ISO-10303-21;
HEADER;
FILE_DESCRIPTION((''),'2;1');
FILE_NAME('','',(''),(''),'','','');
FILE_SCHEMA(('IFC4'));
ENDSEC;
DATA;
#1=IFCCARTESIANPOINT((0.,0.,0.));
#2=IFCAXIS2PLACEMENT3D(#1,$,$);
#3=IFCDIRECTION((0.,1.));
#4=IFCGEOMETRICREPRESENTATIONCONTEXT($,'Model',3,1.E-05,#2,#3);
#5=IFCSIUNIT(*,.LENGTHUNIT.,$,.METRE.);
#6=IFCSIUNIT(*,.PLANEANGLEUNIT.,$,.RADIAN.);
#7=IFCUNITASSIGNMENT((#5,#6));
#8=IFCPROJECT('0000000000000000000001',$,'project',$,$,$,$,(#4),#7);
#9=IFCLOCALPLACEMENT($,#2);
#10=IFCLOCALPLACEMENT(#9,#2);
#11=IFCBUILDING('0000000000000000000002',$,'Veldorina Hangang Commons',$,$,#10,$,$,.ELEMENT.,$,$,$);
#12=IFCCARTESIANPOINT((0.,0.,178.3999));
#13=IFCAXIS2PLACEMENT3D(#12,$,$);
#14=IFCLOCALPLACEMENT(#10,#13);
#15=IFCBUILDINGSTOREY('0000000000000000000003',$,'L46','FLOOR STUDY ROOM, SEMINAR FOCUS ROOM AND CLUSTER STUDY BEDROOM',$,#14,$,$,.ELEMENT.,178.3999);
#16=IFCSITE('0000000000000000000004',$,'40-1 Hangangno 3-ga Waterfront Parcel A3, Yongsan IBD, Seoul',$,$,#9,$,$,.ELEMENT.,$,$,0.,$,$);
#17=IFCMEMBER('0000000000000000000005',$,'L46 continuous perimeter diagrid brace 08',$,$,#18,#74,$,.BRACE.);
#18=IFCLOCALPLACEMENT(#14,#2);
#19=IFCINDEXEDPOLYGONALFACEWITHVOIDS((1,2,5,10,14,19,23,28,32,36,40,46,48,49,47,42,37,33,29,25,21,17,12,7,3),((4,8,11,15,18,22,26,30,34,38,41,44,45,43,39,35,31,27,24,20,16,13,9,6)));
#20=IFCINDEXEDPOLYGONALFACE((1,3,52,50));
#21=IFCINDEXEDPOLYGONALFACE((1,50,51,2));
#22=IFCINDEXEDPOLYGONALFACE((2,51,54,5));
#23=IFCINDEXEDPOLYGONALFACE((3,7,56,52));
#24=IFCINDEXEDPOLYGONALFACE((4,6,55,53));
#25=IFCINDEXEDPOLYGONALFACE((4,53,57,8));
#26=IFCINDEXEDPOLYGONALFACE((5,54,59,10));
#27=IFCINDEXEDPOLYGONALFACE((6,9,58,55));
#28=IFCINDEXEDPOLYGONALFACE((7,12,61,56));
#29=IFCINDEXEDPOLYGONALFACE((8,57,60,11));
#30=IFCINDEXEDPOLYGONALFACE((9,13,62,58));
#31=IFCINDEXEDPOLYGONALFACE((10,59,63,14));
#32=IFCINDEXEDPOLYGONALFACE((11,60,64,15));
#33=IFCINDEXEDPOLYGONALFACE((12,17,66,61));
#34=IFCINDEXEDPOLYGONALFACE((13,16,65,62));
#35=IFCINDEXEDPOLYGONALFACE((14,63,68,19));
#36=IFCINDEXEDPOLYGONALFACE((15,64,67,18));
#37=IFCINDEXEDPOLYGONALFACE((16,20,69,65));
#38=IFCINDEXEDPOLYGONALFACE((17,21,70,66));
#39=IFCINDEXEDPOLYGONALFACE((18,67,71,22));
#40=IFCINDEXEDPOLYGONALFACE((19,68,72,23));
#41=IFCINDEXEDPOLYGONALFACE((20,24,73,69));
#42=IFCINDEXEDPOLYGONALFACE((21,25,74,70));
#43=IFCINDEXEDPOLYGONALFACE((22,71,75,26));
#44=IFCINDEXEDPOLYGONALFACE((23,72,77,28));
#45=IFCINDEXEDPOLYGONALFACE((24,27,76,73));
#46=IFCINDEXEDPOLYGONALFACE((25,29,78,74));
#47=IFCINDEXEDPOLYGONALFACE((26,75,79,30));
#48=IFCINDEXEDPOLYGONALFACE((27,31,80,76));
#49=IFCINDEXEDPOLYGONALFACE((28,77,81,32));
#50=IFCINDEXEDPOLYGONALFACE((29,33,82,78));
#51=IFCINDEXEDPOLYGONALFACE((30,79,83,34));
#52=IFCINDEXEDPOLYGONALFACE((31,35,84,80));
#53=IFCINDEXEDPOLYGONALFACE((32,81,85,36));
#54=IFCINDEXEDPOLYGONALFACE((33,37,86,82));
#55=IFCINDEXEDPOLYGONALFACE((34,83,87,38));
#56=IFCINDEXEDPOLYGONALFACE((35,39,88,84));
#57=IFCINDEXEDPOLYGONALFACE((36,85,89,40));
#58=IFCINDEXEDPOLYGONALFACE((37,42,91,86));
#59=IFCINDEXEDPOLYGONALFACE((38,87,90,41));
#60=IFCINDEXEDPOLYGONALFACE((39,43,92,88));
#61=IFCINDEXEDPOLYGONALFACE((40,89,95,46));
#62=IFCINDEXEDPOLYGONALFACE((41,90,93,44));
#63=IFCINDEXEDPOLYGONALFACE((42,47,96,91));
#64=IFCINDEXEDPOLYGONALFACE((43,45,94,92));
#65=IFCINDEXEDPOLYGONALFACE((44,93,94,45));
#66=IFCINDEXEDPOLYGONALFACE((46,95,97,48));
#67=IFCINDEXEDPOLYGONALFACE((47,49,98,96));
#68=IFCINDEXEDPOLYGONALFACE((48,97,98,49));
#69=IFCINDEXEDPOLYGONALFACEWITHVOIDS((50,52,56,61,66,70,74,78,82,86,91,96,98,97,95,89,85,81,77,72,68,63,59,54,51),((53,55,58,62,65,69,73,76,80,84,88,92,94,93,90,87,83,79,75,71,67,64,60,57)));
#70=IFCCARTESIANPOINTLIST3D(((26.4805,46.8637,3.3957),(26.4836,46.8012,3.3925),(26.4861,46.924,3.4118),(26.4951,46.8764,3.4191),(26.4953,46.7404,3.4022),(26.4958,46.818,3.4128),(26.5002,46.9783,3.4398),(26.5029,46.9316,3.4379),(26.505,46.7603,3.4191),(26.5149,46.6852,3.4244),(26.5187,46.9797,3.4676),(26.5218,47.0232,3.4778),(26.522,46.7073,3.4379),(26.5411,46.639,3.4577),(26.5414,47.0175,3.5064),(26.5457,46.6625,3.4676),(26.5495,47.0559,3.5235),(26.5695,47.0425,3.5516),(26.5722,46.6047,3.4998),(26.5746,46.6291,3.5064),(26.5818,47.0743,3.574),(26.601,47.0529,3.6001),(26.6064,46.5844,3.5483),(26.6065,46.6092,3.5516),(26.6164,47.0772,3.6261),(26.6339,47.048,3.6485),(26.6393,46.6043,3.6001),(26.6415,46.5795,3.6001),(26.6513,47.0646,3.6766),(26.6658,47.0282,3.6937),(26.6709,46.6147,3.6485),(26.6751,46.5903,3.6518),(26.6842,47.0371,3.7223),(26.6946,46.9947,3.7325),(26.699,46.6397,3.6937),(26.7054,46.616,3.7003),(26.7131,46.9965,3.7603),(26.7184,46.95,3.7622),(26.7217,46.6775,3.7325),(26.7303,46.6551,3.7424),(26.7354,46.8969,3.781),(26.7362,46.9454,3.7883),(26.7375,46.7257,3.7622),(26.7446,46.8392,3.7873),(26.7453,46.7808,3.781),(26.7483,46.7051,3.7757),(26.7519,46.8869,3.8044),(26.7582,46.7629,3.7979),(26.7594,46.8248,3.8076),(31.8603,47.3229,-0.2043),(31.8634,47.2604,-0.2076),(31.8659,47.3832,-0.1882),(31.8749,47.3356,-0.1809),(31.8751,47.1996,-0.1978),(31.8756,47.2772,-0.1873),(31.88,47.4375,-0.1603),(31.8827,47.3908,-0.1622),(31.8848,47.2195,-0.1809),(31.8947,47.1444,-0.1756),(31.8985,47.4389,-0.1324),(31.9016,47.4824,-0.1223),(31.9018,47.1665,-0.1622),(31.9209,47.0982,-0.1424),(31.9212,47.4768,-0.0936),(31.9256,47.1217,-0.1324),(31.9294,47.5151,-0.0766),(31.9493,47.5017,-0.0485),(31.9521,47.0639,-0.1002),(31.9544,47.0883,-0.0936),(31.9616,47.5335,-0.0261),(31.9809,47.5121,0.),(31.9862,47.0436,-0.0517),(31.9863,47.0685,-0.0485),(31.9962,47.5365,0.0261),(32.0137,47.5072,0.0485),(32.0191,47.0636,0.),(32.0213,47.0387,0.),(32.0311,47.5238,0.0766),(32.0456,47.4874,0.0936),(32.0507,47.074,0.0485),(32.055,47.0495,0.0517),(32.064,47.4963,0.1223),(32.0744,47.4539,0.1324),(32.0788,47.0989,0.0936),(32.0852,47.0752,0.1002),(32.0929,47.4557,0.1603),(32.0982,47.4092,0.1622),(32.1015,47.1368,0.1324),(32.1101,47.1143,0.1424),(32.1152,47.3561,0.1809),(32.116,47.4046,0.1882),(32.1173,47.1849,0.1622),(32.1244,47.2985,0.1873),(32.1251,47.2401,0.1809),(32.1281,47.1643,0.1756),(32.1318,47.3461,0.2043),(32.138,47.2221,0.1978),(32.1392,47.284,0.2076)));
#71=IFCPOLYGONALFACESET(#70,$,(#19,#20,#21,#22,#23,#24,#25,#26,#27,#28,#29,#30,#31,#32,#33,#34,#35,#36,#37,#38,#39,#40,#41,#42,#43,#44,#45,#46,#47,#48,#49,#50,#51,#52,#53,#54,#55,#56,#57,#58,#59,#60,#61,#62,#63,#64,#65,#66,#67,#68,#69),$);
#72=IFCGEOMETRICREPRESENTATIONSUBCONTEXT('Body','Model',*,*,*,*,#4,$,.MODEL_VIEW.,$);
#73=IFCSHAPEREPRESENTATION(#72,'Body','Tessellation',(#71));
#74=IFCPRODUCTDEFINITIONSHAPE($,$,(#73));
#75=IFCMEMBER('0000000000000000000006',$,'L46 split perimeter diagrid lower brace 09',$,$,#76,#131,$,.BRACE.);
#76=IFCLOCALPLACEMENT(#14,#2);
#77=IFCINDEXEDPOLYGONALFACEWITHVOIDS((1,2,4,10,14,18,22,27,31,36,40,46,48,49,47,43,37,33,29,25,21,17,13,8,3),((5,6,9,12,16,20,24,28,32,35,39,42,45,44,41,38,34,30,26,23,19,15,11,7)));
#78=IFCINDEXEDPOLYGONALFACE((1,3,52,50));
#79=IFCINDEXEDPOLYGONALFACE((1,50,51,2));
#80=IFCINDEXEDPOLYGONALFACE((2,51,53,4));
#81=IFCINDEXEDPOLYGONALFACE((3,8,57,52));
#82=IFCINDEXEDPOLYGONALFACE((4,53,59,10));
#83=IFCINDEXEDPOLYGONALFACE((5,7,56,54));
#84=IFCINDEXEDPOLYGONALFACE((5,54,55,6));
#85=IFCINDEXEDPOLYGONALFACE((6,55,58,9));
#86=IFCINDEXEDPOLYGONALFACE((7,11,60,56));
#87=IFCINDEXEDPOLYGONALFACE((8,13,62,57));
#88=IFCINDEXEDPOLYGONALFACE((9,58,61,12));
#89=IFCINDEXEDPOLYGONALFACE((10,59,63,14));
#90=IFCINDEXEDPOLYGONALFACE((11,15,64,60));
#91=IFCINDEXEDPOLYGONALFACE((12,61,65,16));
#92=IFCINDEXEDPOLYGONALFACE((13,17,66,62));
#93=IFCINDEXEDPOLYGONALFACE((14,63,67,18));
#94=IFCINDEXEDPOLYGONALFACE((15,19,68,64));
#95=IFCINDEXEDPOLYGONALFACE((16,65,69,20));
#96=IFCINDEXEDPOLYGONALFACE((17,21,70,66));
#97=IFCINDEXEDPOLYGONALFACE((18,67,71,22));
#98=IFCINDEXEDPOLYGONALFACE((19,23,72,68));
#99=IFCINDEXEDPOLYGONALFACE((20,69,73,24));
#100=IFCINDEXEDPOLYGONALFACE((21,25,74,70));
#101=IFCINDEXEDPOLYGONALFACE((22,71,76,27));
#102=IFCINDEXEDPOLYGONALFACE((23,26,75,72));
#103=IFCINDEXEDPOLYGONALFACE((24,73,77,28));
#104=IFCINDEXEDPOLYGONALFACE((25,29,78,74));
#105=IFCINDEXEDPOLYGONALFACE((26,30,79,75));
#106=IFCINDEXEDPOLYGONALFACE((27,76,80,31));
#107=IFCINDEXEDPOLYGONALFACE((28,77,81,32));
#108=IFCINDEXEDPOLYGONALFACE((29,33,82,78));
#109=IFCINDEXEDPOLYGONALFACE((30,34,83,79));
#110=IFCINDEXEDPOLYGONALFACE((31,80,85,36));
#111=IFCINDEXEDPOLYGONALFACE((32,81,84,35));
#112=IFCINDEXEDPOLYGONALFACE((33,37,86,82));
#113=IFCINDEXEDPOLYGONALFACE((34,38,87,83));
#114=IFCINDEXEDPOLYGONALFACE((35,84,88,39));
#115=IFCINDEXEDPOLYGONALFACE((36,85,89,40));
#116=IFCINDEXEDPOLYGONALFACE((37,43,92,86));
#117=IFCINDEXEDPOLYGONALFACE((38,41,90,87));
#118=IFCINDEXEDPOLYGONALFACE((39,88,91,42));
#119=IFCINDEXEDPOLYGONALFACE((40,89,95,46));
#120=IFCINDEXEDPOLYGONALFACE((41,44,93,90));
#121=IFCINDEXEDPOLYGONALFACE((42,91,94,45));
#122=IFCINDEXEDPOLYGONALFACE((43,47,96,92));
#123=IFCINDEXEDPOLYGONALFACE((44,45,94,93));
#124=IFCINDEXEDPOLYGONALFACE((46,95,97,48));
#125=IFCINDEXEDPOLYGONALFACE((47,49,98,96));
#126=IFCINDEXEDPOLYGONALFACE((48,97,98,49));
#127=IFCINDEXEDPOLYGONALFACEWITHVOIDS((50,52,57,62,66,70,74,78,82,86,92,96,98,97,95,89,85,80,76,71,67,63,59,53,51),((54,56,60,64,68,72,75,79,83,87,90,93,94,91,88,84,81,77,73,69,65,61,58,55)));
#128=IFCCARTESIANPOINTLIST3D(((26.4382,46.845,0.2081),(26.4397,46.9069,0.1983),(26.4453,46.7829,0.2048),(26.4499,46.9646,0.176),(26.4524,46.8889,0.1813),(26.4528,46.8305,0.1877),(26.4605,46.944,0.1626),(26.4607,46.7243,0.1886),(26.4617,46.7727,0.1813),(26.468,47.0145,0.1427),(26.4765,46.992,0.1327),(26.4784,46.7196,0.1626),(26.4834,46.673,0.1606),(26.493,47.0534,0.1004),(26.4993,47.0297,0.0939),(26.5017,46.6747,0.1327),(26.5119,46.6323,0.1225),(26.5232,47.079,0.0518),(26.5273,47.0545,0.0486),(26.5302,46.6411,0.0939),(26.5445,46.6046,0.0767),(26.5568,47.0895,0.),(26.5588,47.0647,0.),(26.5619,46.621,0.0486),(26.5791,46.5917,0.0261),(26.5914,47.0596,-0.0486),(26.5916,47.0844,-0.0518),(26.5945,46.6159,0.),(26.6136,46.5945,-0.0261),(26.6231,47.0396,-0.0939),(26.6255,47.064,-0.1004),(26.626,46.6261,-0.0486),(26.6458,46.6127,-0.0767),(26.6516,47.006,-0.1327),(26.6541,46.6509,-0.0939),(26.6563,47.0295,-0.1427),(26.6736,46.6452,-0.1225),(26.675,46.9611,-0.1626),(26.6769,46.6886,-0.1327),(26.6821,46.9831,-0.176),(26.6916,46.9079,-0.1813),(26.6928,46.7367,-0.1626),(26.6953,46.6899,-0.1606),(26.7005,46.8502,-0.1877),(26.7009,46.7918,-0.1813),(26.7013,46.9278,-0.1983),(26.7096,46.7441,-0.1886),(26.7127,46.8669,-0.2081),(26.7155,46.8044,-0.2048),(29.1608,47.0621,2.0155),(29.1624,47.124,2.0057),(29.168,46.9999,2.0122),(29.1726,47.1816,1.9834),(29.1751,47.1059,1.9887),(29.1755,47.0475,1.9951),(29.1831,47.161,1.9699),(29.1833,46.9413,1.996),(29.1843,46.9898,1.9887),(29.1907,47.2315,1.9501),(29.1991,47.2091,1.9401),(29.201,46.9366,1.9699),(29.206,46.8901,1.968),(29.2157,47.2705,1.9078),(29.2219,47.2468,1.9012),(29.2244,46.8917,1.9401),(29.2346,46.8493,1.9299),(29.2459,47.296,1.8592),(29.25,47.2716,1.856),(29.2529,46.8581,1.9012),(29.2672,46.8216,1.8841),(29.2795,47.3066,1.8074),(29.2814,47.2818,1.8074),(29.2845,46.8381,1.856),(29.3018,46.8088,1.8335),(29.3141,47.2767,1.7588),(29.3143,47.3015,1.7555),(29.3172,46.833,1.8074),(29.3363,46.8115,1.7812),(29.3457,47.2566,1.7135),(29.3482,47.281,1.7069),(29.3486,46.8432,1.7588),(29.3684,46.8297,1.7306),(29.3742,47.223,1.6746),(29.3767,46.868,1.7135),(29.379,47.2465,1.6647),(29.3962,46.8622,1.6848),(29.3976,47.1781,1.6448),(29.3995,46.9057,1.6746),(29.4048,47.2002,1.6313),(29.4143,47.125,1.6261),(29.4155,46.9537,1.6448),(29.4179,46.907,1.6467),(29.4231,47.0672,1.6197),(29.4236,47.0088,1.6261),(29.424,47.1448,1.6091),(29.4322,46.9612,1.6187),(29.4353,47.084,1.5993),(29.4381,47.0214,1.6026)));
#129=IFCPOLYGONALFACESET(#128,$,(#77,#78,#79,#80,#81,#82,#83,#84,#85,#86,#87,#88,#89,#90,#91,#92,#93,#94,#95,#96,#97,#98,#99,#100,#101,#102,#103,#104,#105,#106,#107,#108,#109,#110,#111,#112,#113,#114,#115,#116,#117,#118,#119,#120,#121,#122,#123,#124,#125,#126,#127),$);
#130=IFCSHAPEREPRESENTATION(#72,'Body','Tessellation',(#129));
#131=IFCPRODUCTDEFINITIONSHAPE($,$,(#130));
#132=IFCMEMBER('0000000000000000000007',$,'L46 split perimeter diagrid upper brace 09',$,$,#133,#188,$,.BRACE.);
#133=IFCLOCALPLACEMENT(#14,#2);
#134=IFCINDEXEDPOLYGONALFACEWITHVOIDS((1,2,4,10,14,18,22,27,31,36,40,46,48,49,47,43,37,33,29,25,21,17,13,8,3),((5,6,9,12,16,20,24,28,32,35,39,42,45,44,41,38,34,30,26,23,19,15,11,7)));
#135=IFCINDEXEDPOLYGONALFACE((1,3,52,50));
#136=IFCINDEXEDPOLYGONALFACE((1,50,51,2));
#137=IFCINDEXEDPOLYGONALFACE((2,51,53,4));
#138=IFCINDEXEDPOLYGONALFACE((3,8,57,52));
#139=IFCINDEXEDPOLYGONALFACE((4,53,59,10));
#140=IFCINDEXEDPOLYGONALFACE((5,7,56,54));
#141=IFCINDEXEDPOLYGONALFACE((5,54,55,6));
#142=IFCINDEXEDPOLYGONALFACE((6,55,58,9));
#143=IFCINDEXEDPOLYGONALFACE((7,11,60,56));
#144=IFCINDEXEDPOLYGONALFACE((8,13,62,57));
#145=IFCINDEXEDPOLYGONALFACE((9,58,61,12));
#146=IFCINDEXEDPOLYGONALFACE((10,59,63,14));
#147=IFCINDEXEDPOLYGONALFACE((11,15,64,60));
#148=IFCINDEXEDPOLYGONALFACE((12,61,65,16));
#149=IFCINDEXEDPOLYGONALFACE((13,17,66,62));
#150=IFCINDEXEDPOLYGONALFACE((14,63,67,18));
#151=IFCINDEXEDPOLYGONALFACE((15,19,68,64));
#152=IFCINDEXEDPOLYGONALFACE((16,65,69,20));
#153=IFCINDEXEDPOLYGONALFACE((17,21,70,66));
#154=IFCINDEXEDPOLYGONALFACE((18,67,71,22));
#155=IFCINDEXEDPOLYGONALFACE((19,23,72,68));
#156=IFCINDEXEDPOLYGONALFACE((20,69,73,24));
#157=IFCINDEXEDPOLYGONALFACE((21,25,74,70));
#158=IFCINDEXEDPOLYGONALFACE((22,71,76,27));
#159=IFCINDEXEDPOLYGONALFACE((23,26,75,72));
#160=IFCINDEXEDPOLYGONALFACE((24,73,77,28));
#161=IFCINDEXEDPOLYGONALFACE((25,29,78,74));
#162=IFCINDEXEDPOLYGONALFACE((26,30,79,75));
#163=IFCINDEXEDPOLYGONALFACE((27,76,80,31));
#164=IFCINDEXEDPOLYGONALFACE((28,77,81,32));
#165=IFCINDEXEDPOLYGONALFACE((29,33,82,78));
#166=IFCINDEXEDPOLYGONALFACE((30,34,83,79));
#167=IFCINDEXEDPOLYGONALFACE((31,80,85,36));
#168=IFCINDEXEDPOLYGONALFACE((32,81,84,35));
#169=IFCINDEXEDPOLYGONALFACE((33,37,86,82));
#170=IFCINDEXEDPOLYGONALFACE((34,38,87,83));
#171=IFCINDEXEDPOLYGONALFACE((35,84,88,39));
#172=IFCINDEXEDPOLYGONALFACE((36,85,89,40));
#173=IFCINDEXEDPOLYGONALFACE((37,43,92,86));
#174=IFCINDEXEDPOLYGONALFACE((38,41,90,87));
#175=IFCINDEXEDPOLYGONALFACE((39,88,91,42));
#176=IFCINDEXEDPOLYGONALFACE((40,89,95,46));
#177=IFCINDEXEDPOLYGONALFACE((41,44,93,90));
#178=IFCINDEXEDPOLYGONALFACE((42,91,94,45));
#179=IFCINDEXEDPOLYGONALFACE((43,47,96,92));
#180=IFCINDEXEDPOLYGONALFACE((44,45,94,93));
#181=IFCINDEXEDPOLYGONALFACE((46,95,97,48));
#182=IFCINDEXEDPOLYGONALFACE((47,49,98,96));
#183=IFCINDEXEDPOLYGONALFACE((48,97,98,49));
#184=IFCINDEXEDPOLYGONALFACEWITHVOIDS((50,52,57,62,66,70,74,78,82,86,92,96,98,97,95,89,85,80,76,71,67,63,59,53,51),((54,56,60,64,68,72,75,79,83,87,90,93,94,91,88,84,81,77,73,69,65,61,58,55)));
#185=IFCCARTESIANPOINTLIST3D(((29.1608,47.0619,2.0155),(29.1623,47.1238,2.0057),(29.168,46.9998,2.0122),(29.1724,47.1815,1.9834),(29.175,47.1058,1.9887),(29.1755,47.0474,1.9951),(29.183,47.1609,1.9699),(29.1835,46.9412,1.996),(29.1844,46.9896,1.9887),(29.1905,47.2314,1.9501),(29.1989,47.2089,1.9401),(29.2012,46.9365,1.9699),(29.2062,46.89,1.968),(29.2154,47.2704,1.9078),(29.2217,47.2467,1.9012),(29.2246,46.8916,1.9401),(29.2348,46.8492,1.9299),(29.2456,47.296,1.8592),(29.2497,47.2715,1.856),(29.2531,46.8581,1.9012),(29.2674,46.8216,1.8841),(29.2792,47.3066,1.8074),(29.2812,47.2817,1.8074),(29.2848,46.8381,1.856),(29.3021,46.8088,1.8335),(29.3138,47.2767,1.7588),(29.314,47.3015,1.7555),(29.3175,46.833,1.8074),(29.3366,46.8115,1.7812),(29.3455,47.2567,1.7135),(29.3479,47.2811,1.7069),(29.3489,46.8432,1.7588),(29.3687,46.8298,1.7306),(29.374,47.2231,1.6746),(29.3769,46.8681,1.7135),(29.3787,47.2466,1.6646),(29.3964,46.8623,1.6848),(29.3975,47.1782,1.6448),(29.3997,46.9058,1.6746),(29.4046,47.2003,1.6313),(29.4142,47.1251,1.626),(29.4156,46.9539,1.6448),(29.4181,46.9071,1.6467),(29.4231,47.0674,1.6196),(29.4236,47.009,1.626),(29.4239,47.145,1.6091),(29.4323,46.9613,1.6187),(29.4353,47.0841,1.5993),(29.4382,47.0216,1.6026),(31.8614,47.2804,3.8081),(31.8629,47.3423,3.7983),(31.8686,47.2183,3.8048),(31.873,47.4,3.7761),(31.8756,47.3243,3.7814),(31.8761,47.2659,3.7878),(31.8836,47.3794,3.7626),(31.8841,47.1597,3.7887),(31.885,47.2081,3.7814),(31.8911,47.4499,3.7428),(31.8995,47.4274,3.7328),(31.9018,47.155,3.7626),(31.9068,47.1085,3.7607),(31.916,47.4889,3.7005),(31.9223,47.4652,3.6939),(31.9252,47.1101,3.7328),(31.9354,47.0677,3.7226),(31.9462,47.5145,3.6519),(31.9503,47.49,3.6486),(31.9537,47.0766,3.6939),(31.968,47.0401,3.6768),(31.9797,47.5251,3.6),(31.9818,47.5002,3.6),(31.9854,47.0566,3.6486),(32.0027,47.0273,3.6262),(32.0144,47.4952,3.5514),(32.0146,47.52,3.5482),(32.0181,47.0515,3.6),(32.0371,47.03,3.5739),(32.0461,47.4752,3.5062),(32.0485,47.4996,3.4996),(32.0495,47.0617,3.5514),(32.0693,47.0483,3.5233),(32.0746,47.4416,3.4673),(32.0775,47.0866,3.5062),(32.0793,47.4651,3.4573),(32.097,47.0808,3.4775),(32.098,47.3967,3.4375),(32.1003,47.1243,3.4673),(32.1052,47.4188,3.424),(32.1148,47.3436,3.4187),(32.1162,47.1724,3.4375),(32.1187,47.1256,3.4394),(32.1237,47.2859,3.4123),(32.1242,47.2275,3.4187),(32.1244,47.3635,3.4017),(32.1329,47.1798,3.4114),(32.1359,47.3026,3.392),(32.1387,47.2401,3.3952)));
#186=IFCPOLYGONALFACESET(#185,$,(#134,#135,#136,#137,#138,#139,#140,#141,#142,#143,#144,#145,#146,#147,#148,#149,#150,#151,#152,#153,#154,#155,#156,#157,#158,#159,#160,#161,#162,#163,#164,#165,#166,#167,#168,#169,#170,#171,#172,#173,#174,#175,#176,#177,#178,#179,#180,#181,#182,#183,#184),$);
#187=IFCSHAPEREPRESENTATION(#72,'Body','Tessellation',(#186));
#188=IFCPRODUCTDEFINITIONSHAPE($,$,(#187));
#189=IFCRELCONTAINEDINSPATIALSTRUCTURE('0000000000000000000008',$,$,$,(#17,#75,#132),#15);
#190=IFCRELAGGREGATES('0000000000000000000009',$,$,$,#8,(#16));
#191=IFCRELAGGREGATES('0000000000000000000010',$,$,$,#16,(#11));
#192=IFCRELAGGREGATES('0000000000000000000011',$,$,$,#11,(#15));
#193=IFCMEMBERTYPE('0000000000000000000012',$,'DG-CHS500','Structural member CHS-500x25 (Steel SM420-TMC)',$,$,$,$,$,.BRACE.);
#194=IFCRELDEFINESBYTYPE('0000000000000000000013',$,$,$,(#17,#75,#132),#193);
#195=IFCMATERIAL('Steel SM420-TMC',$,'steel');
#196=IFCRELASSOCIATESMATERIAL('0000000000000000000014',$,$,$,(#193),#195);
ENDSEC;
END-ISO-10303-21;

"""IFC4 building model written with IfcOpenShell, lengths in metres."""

from ifc_helpers import new_model, si_unit, direction, frame, origin, origin_2d, place, context, subcontext, project, spatial, hollow_circle, extrude, material, material_profile, profile_set, type_object, element, save


model = new_model("IFC4")

# Units and contexts
model_context = context("Model", 3, precision=1e-05, world=origin(), true_north=direction((0.0, 1.0)))
body_context = subcontext(model_context, "Body", "Model", "MODEL_VIEW")
ifc_project = project(units=[si_unit("LENGTHUNIT", "METRE"), si_unit("PLANEANGLEUNIT", "RADIAN")], contexts=[model_context])

# Site, building, storey
site_placement = place(None, origin())
site = spatial("IfcSite", under=ifc_project, at=site_placement, Name="40-1 Hangangno 3-ga Waterfront Parcel A3, Yongsan IBD, Seoul", CompositionType="ELEMENT", RefElevation=0.0)
building_placement = place(site_placement, origin())
building = spatial("IfcBuilding", under=site, at=building_placement, Name="Veldorina Hangang Commons", CompositionType="ELEMENT")
storey_placement = place(building_placement, frame((0.0, 0.0, 178.3999)))
storey = spatial("IfcBuildingStorey", under=building, at=storey_placement, Name="L46", Description="FLOOR STUDY ROOM, SEMINAR FOCUS ROOM AND CLUSTER STUDY BEDROOM", CompositionType="ELEMENT", Elevation=178.3999)

# Shared definitions
ifc_material_1 = material(Name="Steel SM420-TMC", Category="steel")

# Members
ifc_material_profile_1 = material_profile(ifc_material_1, hollow_circle(Radius=0.25, WallThickness=0.0249, at=origin_2d()), Name="CHS-500x25")
ifc_profile_set_1 = profile_set([ifc_material_profile_1], Name="Steel SM420-TMC")
member_type = type_object("IfcMemberType", Name="DG-CHS500", Description="Structural member CHS-500x25 (Steel SM420-TMC)", PredefinedType="BRACE", material=ifc_profile_set_1)
member_1_placement = place(storey_placement, frame((32.0, 47.2878, 0.0), z_axis=(-0.829002, -0.070764, 0.55475), x_axis=(0.085051, -0.996377, 0.0)))
element("IfcMember", 1, at=member_1_placement, inside=storey, type_object=member_type, Name="L46 continuous perimeter diagrid brace 08", PredefinedType="BRACE", context=body_context, shape_type="SweptSolid", body=[
    extrude(hollow_circle(Radius=0.25, WallThickness=0.0249, at=origin_2d()), origin(), (0.0, 0.0, 1.0), 6.4895),
])
member_2_placement = place(storey_placement, frame((26.5767, 46.8403, 0.0), z_axis=(0.831309, 0.066269, 0.551846), x_axis=(-0.079465, 0.996838, 0.0)))
element("IfcMember", 2, at=member_2_placement, inside=storey, type_object=member_type, Name="L46 split perimeter diagrid lower brace 09", PredefinedType="BRACE", context=body_context, shape_type="SweptSolid", body=[
    extrude(hollow_circle(Radius=0.25, WallThickness=0.0249, at=origin_2d()), origin(), (0.0, 0.0, 1.0), 3.2751),
])
member_3_placement = place(storey_placement, frame((29.2993, 47.0574, 1.8074), z_axis=(0.831263, 0.067256, 0.551796), x_axis=(-0.080644, 0.996743, 0.0)))
element("IfcMember", 3, at=member_3_placement, inside=storey, type_object=member_type, Name="L46 split perimeter diagrid upper brace 09", PredefinedType="BRACE", context=body_context, shape_type="SweptSolid", body=[
    extrude(hollow_circle(Radius=0.25, WallThickness=0.0249, at=origin_2d()), origin(), (0.0, 0.0, 1.0), 3.2488),
])

save(model, "model.ifc")
